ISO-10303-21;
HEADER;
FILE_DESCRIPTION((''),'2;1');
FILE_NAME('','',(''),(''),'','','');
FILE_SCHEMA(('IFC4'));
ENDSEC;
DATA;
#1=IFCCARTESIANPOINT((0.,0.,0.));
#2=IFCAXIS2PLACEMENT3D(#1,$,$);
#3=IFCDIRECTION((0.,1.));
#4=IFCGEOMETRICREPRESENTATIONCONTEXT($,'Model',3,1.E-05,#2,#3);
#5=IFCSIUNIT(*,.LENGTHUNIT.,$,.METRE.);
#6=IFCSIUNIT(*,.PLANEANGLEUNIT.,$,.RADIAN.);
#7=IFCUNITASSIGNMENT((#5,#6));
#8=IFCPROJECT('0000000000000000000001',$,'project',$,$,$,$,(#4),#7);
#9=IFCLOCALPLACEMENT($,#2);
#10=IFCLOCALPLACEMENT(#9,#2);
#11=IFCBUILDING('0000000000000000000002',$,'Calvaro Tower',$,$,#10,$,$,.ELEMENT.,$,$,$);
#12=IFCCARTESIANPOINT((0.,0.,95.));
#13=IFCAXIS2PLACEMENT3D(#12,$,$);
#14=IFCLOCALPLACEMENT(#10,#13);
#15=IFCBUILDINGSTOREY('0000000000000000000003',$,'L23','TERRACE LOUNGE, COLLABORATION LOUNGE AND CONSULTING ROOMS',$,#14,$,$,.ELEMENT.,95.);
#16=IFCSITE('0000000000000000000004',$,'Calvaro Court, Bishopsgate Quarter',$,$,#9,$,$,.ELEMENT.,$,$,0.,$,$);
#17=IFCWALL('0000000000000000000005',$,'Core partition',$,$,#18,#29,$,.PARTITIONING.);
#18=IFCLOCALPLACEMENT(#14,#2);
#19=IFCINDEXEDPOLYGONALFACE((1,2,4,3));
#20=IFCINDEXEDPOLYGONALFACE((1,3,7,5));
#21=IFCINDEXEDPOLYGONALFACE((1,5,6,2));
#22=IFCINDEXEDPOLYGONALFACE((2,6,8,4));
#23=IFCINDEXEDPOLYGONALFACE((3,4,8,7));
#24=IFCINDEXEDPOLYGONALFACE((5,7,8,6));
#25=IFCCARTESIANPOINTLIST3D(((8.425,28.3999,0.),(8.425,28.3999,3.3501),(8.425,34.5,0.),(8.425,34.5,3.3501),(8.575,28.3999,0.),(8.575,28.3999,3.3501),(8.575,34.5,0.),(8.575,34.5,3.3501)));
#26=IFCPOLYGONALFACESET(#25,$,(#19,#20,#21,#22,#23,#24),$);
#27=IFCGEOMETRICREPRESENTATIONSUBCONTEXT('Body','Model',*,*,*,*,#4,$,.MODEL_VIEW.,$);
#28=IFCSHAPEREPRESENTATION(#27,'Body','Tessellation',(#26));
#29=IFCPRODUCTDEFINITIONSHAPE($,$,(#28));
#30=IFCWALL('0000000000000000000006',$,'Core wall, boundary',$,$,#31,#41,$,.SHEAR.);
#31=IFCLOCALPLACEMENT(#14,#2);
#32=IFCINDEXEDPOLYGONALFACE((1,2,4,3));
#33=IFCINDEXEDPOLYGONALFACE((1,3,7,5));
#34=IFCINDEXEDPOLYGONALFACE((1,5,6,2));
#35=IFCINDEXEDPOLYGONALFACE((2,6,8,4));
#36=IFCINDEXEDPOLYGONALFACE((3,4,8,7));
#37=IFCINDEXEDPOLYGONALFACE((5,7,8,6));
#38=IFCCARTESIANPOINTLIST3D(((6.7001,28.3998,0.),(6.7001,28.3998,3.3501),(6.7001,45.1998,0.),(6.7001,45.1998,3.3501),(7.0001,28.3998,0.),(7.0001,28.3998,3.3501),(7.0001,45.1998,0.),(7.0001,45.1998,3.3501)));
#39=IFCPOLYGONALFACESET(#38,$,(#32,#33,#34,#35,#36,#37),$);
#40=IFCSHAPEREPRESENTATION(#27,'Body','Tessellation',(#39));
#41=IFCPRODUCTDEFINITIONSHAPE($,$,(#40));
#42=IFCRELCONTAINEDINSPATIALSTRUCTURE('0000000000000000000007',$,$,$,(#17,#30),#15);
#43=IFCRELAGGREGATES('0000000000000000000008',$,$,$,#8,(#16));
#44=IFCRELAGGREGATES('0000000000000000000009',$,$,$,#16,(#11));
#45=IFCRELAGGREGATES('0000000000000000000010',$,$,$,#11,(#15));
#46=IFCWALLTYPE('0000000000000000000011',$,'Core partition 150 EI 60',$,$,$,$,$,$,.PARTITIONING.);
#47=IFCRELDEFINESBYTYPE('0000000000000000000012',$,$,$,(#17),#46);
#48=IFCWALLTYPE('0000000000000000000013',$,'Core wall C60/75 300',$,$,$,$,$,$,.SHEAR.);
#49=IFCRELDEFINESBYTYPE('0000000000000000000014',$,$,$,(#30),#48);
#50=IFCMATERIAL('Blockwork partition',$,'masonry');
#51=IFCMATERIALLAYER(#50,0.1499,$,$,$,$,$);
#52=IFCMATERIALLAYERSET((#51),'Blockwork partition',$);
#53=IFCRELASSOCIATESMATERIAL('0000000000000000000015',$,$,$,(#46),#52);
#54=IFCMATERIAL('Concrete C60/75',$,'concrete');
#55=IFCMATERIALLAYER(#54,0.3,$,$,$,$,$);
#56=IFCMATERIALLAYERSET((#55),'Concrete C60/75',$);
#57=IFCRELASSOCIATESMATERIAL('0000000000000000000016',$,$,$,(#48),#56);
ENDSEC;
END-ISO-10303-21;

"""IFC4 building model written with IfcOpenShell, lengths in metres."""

from ifc_helpers import new_model, si_unit, direction, frame, frame_2d, origin, place, context, subcontext, project, spatial, rectangle, extrude, material, layer, layer_set, type_object, element, save


model = new_model("IFC4")

# Units and contexts
model_context = context("Model", 3, precision=1e-05, world=origin(), true_north=direction((0.0, 1.0)))
body_context = subcontext(model_context, "Body", "Model", "MODEL_VIEW")
ifc_project = project(units=[si_unit("LENGTHUNIT", "METRE"), si_unit("PLANEANGLEUNIT", "RADIAN")], contexts=[model_context])

# Site, building, storey
site_placement = place(None, origin())
site = spatial("IfcSite", under=ifc_project, at=site_placement, Name="Calvaro Court, Bishopsgate Quarter", CompositionType="ELEMENT", RefElevation=0.0)
building_placement = place(site_placement, origin())
building = spatial("IfcBuilding", under=site, at=building_placement, Name="Calvaro Tower", CompositionType="ELEMENT")
storey_placement = place(building_placement, frame((0.0, 0.0, 95.0)))
storey = spatial("IfcBuildingStorey", under=building, at=storey_placement, Name="L23", Description="TERRACE LOUNGE, COLLABORATION LOUNGE AND CONSULTING ROOMS", CompositionType="ELEMENT", Elevation=95.0)

# Walls
ifc_material_1 = material(Name="Blockwork partition", Category="masonry")
ifc_layer_1 = layer(ifc_material_1, 0.1499)
ifc_layer_set_1 = layer_set([ifc_layer_1], Name="Blockwork partition")
wall_type_1 = type_object("IfcWallType", Name="Core partition 150 EI 60", PredefinedType="PARTITIONING", material=ifc_layer_set_1)
wall_1_placement = place(storey_placement, frame((8.5, 28.3999, 0.0), z_axis=(0.0, 0.0, 1.0), x_axis=(0.0, 1.0, 0.0)))
element("IfcWall", 1, at=wall_1_placement, inside=storey, type_object=wall_type_1, Name="Core partition", PredefinedType="PARTITIONING", context=body_context, shape_type="SweptSolid", body=[
    extrude(rectangle(XDim=6.1001, YDim=0.1499, at=frame_2d((3.05, 0.0))), origin(), (0.0, 0.0, 1.0), 3.3501),
])
ifc_material_2 = material(Name="Concrete C60/75", Category="concrete")
ifc_layer_2 = layer(ifc_material_2, 0.3)
ifc_layer_set_2 = layer_set([ifc_layer_2], Name="Concrete C60/75")
wall_type_2 = type_object("IfcWallType", Name="Core wall C60/75 300", PredefinedType="SHEAR", material=ifc_layer_set_2)
wall_2_placement = place(storey_placement, frame((6.8501, 28.3999, 0.0), z_axis=(0.0, 0.0, 1.0), x_axis=(0.0, 1.0, 0.0)))
element("IfcWall", 2, at=wall_2_placement, inside=storey, type_object=wall_type_2, Name="Core wall, boundary", PredefinedType="SHEAR", context=body_context, shape_type="SweptSolid", body=[
    extrude(rectangle(XDim=16.8, YDim=0.3, at=frame_2d((8.3999, 0.0))), origin(), (0.0, 0.0, 1.0), 3.3501),
])

save(model, "model.ifc")
